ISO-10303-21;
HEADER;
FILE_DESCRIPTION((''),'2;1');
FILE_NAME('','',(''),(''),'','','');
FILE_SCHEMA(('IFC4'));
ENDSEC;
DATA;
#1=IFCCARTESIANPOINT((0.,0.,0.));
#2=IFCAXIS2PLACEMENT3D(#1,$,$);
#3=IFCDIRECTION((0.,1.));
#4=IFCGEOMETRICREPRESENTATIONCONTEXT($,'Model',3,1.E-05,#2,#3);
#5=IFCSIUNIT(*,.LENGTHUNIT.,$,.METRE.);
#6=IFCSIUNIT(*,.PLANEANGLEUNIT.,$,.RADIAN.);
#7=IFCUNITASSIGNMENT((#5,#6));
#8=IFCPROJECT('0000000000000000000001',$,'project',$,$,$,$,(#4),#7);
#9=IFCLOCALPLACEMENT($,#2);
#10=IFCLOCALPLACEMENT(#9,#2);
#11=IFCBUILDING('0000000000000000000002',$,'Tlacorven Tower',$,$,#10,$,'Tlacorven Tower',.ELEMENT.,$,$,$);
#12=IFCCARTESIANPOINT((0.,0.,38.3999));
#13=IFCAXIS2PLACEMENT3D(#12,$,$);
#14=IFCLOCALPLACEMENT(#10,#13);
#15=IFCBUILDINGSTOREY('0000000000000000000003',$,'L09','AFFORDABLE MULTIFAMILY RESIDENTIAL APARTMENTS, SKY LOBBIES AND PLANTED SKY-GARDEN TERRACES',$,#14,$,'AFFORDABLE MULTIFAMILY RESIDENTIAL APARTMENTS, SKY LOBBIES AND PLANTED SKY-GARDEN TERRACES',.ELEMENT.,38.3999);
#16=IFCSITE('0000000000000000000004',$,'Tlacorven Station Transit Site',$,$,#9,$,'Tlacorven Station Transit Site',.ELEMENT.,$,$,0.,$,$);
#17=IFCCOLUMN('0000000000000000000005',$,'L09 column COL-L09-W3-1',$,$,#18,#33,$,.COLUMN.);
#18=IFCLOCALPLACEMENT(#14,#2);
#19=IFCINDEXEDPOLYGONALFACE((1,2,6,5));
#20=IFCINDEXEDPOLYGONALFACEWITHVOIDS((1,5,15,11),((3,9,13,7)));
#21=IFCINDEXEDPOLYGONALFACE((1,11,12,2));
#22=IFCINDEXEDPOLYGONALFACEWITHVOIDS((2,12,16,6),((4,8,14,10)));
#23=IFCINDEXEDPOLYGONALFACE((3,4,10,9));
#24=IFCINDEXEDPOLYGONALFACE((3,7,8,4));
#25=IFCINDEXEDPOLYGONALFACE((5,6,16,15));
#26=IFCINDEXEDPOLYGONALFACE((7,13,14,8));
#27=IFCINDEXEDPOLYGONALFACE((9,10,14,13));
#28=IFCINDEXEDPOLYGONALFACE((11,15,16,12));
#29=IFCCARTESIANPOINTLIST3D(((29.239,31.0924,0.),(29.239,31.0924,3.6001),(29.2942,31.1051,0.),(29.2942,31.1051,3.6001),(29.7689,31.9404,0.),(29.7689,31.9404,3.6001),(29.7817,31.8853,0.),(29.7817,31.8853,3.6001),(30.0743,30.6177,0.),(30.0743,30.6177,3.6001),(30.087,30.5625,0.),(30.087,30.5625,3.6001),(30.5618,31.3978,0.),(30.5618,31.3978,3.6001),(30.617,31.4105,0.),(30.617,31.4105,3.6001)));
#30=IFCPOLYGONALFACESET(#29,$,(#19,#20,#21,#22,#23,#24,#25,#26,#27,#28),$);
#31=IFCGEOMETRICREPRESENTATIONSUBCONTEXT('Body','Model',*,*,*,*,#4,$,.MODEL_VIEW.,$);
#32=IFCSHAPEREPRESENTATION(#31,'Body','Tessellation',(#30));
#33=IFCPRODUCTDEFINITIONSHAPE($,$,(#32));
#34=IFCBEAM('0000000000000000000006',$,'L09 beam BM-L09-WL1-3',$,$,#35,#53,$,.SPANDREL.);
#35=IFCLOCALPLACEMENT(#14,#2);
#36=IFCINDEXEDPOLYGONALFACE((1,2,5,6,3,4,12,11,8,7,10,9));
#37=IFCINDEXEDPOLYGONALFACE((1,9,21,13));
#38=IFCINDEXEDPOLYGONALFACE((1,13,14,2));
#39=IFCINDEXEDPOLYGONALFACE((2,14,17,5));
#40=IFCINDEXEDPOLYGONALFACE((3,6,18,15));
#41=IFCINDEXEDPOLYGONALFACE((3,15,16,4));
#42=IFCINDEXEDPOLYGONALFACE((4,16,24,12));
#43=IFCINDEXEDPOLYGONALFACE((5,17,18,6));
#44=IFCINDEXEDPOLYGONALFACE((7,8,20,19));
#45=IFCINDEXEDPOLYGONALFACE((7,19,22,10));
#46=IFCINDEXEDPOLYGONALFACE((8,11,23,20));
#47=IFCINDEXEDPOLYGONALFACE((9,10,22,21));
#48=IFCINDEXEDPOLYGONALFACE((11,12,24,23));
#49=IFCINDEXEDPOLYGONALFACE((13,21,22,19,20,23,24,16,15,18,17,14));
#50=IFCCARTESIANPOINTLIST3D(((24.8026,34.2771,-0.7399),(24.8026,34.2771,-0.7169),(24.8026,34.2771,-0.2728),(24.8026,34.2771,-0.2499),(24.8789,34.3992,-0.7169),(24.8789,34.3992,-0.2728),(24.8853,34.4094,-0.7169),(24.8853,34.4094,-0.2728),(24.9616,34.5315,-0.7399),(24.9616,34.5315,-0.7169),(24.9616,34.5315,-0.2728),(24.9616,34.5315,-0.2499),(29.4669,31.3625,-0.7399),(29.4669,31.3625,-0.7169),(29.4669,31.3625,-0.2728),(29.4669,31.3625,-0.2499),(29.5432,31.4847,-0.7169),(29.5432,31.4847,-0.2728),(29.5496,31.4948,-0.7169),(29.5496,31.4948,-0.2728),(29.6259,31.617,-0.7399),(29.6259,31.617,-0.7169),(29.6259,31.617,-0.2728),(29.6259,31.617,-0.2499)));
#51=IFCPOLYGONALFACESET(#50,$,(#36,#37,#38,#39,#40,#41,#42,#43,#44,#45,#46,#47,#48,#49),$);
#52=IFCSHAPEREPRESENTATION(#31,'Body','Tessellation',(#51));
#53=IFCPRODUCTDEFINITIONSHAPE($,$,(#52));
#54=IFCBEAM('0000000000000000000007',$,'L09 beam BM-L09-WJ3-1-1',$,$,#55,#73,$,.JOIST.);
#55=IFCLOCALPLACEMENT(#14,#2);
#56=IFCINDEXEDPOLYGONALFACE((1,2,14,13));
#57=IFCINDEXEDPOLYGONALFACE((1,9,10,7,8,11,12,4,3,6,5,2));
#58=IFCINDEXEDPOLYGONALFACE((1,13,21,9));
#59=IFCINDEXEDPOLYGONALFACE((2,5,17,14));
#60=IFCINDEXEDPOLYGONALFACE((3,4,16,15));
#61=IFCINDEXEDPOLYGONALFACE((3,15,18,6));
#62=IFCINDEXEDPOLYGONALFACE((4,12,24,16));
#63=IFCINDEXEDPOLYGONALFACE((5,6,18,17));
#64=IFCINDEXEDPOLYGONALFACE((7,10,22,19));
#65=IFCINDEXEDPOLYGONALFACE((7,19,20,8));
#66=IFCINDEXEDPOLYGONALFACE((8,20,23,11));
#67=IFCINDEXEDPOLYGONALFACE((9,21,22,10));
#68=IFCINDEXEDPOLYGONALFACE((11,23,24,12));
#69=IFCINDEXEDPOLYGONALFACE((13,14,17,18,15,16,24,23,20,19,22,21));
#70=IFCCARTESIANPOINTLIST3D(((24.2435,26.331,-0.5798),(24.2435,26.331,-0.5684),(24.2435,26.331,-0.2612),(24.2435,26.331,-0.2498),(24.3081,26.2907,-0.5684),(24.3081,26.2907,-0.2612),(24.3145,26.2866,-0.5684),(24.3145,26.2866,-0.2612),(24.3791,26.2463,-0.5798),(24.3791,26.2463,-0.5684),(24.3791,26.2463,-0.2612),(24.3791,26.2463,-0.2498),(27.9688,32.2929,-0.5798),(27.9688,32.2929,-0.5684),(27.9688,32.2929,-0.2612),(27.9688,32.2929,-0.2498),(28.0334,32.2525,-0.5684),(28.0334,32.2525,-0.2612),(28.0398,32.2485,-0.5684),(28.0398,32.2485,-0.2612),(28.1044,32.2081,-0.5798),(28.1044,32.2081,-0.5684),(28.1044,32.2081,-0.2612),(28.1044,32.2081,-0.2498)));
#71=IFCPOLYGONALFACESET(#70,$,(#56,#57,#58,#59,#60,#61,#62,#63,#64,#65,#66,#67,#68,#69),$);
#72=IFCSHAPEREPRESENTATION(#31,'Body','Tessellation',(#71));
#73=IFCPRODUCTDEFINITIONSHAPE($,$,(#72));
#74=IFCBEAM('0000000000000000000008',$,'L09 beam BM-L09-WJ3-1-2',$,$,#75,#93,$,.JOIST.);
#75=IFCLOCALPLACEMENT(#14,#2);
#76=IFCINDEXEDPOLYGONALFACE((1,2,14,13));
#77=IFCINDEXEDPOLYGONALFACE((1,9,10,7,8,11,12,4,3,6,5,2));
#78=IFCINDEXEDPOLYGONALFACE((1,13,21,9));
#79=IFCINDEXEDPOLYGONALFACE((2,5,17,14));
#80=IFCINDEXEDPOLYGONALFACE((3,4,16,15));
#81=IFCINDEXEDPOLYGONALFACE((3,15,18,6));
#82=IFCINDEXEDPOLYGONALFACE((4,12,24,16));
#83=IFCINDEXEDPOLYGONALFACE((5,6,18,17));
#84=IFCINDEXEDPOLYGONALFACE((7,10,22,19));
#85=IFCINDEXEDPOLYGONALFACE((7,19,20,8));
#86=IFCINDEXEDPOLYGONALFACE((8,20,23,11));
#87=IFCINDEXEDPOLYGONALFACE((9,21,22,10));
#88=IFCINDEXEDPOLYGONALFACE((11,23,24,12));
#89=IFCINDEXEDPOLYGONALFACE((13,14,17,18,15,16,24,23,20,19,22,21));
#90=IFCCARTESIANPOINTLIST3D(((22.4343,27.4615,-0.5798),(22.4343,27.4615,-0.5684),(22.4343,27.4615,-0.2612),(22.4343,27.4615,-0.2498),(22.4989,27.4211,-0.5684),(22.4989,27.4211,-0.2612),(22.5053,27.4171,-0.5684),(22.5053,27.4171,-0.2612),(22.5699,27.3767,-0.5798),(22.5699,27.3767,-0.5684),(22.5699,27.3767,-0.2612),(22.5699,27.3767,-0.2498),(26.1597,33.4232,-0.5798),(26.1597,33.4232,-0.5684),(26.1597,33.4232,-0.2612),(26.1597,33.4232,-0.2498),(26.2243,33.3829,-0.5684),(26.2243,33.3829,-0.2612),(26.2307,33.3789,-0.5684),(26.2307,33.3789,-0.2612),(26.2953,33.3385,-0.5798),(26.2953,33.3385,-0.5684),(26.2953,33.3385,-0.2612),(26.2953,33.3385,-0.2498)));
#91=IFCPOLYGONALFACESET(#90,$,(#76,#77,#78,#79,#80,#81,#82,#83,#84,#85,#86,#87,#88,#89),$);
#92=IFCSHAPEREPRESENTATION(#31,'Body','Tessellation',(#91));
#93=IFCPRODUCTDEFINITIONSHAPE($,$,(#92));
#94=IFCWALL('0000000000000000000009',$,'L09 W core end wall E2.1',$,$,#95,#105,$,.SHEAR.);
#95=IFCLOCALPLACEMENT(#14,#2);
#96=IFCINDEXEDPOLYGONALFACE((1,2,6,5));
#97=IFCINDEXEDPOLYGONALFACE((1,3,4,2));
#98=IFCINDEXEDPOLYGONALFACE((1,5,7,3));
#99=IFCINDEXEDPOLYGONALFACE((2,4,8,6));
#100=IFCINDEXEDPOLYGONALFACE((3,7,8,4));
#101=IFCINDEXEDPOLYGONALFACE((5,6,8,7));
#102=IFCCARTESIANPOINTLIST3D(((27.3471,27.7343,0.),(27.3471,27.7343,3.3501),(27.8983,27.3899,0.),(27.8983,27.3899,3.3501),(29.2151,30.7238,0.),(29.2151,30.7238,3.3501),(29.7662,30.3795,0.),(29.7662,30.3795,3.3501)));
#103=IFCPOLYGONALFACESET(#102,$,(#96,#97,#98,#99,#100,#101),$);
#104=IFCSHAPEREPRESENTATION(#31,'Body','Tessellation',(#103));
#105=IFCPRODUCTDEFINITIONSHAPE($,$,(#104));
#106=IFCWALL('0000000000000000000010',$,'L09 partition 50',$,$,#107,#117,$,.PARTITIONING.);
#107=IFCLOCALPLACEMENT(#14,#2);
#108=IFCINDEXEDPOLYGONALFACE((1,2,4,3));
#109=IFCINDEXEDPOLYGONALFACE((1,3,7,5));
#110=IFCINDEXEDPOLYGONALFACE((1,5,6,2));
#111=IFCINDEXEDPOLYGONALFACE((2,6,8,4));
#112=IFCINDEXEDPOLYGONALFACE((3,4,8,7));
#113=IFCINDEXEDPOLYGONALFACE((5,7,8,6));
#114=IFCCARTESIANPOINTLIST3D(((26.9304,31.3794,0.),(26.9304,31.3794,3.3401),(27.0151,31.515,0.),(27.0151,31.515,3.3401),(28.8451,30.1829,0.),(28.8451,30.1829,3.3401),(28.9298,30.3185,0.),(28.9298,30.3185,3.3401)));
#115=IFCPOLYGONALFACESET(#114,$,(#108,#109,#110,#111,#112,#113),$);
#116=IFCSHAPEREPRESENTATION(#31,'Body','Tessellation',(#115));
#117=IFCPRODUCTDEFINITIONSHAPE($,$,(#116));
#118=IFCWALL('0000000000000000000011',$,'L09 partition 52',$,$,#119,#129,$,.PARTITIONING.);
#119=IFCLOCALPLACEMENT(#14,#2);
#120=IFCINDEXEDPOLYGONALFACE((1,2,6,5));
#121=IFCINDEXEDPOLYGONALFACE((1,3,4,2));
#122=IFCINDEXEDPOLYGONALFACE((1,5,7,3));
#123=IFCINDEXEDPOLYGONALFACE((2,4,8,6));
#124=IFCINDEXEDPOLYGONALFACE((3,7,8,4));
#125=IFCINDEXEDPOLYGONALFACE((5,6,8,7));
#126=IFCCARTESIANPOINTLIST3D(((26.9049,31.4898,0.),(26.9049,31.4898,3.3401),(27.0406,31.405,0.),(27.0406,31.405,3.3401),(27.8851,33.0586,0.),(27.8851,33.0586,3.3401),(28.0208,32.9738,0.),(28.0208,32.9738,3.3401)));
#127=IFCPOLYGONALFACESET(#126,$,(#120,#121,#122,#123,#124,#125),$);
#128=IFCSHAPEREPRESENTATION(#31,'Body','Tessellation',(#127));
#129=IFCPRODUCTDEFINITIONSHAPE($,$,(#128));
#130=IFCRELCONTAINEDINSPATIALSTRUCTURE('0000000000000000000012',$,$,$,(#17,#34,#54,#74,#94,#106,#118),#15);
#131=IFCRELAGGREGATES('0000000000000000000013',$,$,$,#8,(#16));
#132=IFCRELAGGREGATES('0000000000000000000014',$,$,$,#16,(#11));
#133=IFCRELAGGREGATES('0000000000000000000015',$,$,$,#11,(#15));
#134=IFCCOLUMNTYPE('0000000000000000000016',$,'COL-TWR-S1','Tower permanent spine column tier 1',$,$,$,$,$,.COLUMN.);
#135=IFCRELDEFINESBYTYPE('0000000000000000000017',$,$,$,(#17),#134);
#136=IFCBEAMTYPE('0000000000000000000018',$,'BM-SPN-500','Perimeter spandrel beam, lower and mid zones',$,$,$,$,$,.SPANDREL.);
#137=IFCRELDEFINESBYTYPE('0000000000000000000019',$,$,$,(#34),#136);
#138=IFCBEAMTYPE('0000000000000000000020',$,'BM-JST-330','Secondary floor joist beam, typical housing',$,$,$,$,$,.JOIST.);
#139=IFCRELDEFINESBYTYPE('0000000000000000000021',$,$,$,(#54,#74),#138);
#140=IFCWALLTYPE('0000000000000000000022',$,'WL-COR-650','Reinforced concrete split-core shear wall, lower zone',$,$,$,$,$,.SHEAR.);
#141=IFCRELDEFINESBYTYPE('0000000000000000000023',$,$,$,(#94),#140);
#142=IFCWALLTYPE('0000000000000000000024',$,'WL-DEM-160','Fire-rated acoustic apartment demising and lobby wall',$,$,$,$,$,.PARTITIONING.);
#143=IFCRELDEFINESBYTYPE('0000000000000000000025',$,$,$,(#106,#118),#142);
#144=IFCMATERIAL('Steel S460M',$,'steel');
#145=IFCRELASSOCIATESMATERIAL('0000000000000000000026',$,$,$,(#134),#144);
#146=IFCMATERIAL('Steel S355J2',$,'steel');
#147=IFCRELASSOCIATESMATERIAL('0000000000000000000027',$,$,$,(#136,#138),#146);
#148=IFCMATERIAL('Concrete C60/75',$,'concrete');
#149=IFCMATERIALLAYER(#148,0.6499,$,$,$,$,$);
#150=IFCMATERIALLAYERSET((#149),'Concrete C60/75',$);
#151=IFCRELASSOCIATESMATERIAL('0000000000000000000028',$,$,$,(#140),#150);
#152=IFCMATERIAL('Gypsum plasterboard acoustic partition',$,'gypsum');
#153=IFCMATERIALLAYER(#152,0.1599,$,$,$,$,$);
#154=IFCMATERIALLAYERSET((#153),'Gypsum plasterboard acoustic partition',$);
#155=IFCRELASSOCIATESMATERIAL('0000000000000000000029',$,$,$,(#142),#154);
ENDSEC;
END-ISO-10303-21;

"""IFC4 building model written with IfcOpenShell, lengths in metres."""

from ifc_helpers import new_model, si_unit, direction, frame, frame_2d, origin, origin_2d, place, context, subcontext, project, spatial, rectangle, hollow_rectangle, i_section, extrude, source, transform, mapped, material, layer, layer_set, material_profile, profile_set, type_object, element, save


model = new_model("IFC4")

# Units and contexts
model_context = context("Model", 3, precision=1e-05, world=origin(), true_north=direction((0.0, 1.0)))
body_context = subcontext(model_context, "Body", "Model", "MODEL_VIEW")
ifc_project = project(units=[si_unit("LENGTHUNIT", "METRE"), si_unit("PLANEANGLEUNIT", "RADIAN")], contexts=[model_context])

# Site, building, storey
site_placement = place(None, origin())
site = spatial("IfcSite", under=ifc_project, at=site_placement, Name="Tlacorven Station Transit Site", LongName="Tlacorven Station Transit Site", CompositionType="ELEMENT", RefElevation=0.0)
building_placement = place(site_placement, origin())
building = spatial("IfcBuilding", under=site, at=building_placement, Name="Tlacorven Tower", LongName="Tlacorven Tower", CompositionType="ELEMENT")
storey_placement = place(building_placement, frame((0.0, 0.0, 38.3999)))
storey = spatial("IfcBuildingStorey", under=building, at=storey_placement, Name="L09", Description="AFFORDABLE MULTIFAMILY RESIDENTIAL APARTMENTS, SKY LOBBIES AND PLANTED SKY-GARDEN TERRACES", LongName="AFFORDABLE MULTIFAMILY RESIDENTIAL APARTMENTS, SKY LOBBIES AND PLANTED SKY-GARDEN TERRACES", CompositionType="ELEMENT", Elevation=38.3999)

# Column
ifc_material_1 = material(Name="Steel S460M", Category="steel")
ifc_material_profile_1 = material_profile(ifc_material_1, hollow_rectangle(XDim=1.0, YDim=1.0, WallThickness=0.04, at=origin_2d()), Name="BOX 1000X1000X40")
ifc_profile_set_1 = profile_set([ifc_material_profile_1], Name="Steel S460M")
column_type = type_object("IfcColumnType", Name="COL-TWR-S1", Description="Tower permanent spine column tier 1", PredefinedType="COLUMN", material=ifc_profile_set_1)
shared_shape_1 = source(origin(), body_context, "Body", "SweptSolid", [
    extrude(hollow_rectangle(XDim=1.0, YDim=1.0, WallThickness=0.04, at=origin_2d()), origin(), (0.0, 0.0, 1.0), 3.6001),
])
column_placement = place(storey_placement, frame((29.928, 31.2515, 0.0), z_axis=(0.0, 0.0, 1.0), x_axis=(-0.848048, 0.529919, 0.0)))
element("IfcColumn", 1, at=column_placement, inside=storey, type_object=column_type, Name="L09 column COL-L09-W3-1", PredefinedType="COLUMN", context=body_context, shape_type="MappedRepresentation", body=[
    mapped(shared_shape_1, transform((0.0, 0.0, 0.0), scale=1.0)),
])

# Beams
ifc_material_2 = material(Name="Steel S355J2", Category="steel")
ifc_material_profile_2 = material_profile(ifc_material_2, i_section(OverallWidth=0.3, OverallDepth=0.49, WebThickness=0.012, FlangeThickness=0.0229, at=origin_2d()), Name="HEA 500")
ifc_profile_set_2 = profile_set([ifc_material_profile_2], Name="Steel S355J2")
beam_type_1 = type_object("IfcBeamType", Name="BM-SPN-500", Description="Perimeter spandrel beam, lower and mid zones", PredefinedType="SPANDREL", material=ifc_profile_set_2)
shared_shape_2 = source(origin(), body_context, "Body", "SweptSolid", [
    extrude(i_section(OverallWidth=0.3, OverallDepth=0.49, WebThickness=0.012, FlangeThickness=0.0229, at=origin_2d()), origin(), (0.0, 0.0, 1.0), 5.5),
])
beam_placement = place(storey_placement, frame((29.5464, 31.4897, -0.4949), z_axis=(-0.848051, 0.529915, 0.0), x_axis=(-0.529915, -0.848051, 0.0)))
element("IfcBeam", 2, at=beam_placement, inside=storey, type_object=beam_type_1, Name="L09 beam BM-L09-WL1-3", PredefinedType="SPANDREL", context=body_context, shape_type="MappedRepresentation", body=[
    mapped(shared_shape_2, transform((0.0, 0.0, 0.0), scale=1.0)),
])
ifc_material_profile_3 = material_profile(ifc_material_2, i_section(OverallWidth=0.1599, OverallDepth=0.3301, WebThickness=0.0076, FlangeThickness=0.0115, at=origin_2d()), Name="IPE 330")
ifc_profile_set_3 = profile_set([ifc_material_profile_3], Name="Steel S355J2")
beam_type_2 = type_object("IfcBeamType", Name="BM-JST-330", Description="Secondary floor joist beam, typical housing", PredefinedType="JOIST", material=ifc_profile_set_3)
shared_shape_3 = source(origin(), body_context, "Body", "SweptSolid", [
    extrude(i_section(OverallWidth=0.1599, OverallDepth=0.3301, WebThickness=0.0076, FlangeThickness=0.0115, at=origin_2d()), origin(), (0.0, 0.0, 1.0), 7.03),
])
for number, where, z_axis, x_axis, name in (
    (3, (28.0366, 32.2505, -0.4148), (-0.529912, -0.848053, 0.0), (0.848053, -0.529912, 0.0), "L09 beam BM-L09-WJ3-1-1"),
    (4, (26.2275, 33.3809, -0.4148), (-0.529927, -0.848043, 0.0), (0.848043, -0.529927, 0.0), "L09 beam BM-L09-WJ3-1-2"),
):
    element("IfcBeam", number, at=place(storey_placement, frame(where, z_axis=z_axis, x_axis=x_axis)), inside=storey, type_object=beam_type_2, Name=name, PredefinedType="JOIST", context=body_context, shape_type="MappedRepresentation", body=[
        mapped(shared_shape_3, transform((0.0, 0.0, 0.0), scale=1.0)),
    ])

# Walls
ifc_material_3 = material(Name="Concrete C60/75", Category="concrete")
ifc_layer_1 = layer(ifc_material_3, 0.6499)
ifc_layer_set_1 = layer_set([ifc_layer_1], Name="Concrete C60/75")
wall_type_1 = type_object("IfcWallType", Name="WL-COR-650", Description="Reinforced concrete split-core shear wall, lower zone", PredefinedType="SHEAR", material=ifc_layer_set_1)
wall_1_placement = place(storey_placement, frame((29.4907, 30.5518, 0.0), z_axis=(0.0, 0.0, 1.0), x_axis=(-0.529893, -0.848064, 0.0)))
element("IfcWall", 5, at=wall_1_placement, inside=storey, type_object=wall_type_1, Name="L09 W core end wall E2.1", PredefinedType="SHEAR", context=body_context, shape_type="SweptSolid", body=[
    extrude(rectangle(XDim=3.5251, YDim=0.6499, at=frame_2d((1.7627, 0.0))), origin(), (0.0, 0.0, 1.0), 3.3501),
])
ifc_material_4 = material(Name="Gypsum plasterboard acoustic partition", Category="gypsum")
ifc_layer_2 = layer(ifc_material_4, 0.1599)
ifc_layer_set_2 = layer_set([ifc_layer_2], Name="Gypsum plasterboard acoustic partition")
wall_type_2 = type_object("IfcWallType", Name="WL-DEM-160", Description="Fire-rated acoustic apartment demising and lobby wall", PredefinedType="PARTITIONING", material=ifc_layer_set_2)
wall_2_placement = place(storey_placement, frame((28.8875, 30.2507, 0.0), z_axis=(0.0, 0.0, 1.0), x_axis=(-0.848041, 0.529931, 0.0)))
element("IfcWall", 6, at=wall_2_placement, inside=storey, type_object=wall_type_2, Name="L09 partition 50", PredefinedType="PARTITIONING", context=body_context, shape_type="SweptSolid", body=[
    extrude(rectangle(XDim=2.2578, YDim=0.1599, at=frame_2d((1.1289, 0.0))), origin(), (0.0, 0.0, 1.0), 3.3401),
])
wall_3_placement = place(storey_placement, frame((27.9529, 33.0161, 0.0), z_axis=(0.0, 0.0, 1.0), x_axis=(-0.52988, -0.848072, 0.0)))
element("IfcWall", 7, at=wall_3_placement, inside=storey, type_object=wall_type_2, Name="L09 partition 52", PredefinedType="PARTITIONING", context=body_context, shape_type="SweptSolid", body=[
    extrude(rectangle(XDim=1.8499, YDim=0.1599, at=frame_2d((0.9248, 0.0))), origin(), (0.0, 0.0, 1.0), 3.3401),
])

save(model, "model.ifc")
